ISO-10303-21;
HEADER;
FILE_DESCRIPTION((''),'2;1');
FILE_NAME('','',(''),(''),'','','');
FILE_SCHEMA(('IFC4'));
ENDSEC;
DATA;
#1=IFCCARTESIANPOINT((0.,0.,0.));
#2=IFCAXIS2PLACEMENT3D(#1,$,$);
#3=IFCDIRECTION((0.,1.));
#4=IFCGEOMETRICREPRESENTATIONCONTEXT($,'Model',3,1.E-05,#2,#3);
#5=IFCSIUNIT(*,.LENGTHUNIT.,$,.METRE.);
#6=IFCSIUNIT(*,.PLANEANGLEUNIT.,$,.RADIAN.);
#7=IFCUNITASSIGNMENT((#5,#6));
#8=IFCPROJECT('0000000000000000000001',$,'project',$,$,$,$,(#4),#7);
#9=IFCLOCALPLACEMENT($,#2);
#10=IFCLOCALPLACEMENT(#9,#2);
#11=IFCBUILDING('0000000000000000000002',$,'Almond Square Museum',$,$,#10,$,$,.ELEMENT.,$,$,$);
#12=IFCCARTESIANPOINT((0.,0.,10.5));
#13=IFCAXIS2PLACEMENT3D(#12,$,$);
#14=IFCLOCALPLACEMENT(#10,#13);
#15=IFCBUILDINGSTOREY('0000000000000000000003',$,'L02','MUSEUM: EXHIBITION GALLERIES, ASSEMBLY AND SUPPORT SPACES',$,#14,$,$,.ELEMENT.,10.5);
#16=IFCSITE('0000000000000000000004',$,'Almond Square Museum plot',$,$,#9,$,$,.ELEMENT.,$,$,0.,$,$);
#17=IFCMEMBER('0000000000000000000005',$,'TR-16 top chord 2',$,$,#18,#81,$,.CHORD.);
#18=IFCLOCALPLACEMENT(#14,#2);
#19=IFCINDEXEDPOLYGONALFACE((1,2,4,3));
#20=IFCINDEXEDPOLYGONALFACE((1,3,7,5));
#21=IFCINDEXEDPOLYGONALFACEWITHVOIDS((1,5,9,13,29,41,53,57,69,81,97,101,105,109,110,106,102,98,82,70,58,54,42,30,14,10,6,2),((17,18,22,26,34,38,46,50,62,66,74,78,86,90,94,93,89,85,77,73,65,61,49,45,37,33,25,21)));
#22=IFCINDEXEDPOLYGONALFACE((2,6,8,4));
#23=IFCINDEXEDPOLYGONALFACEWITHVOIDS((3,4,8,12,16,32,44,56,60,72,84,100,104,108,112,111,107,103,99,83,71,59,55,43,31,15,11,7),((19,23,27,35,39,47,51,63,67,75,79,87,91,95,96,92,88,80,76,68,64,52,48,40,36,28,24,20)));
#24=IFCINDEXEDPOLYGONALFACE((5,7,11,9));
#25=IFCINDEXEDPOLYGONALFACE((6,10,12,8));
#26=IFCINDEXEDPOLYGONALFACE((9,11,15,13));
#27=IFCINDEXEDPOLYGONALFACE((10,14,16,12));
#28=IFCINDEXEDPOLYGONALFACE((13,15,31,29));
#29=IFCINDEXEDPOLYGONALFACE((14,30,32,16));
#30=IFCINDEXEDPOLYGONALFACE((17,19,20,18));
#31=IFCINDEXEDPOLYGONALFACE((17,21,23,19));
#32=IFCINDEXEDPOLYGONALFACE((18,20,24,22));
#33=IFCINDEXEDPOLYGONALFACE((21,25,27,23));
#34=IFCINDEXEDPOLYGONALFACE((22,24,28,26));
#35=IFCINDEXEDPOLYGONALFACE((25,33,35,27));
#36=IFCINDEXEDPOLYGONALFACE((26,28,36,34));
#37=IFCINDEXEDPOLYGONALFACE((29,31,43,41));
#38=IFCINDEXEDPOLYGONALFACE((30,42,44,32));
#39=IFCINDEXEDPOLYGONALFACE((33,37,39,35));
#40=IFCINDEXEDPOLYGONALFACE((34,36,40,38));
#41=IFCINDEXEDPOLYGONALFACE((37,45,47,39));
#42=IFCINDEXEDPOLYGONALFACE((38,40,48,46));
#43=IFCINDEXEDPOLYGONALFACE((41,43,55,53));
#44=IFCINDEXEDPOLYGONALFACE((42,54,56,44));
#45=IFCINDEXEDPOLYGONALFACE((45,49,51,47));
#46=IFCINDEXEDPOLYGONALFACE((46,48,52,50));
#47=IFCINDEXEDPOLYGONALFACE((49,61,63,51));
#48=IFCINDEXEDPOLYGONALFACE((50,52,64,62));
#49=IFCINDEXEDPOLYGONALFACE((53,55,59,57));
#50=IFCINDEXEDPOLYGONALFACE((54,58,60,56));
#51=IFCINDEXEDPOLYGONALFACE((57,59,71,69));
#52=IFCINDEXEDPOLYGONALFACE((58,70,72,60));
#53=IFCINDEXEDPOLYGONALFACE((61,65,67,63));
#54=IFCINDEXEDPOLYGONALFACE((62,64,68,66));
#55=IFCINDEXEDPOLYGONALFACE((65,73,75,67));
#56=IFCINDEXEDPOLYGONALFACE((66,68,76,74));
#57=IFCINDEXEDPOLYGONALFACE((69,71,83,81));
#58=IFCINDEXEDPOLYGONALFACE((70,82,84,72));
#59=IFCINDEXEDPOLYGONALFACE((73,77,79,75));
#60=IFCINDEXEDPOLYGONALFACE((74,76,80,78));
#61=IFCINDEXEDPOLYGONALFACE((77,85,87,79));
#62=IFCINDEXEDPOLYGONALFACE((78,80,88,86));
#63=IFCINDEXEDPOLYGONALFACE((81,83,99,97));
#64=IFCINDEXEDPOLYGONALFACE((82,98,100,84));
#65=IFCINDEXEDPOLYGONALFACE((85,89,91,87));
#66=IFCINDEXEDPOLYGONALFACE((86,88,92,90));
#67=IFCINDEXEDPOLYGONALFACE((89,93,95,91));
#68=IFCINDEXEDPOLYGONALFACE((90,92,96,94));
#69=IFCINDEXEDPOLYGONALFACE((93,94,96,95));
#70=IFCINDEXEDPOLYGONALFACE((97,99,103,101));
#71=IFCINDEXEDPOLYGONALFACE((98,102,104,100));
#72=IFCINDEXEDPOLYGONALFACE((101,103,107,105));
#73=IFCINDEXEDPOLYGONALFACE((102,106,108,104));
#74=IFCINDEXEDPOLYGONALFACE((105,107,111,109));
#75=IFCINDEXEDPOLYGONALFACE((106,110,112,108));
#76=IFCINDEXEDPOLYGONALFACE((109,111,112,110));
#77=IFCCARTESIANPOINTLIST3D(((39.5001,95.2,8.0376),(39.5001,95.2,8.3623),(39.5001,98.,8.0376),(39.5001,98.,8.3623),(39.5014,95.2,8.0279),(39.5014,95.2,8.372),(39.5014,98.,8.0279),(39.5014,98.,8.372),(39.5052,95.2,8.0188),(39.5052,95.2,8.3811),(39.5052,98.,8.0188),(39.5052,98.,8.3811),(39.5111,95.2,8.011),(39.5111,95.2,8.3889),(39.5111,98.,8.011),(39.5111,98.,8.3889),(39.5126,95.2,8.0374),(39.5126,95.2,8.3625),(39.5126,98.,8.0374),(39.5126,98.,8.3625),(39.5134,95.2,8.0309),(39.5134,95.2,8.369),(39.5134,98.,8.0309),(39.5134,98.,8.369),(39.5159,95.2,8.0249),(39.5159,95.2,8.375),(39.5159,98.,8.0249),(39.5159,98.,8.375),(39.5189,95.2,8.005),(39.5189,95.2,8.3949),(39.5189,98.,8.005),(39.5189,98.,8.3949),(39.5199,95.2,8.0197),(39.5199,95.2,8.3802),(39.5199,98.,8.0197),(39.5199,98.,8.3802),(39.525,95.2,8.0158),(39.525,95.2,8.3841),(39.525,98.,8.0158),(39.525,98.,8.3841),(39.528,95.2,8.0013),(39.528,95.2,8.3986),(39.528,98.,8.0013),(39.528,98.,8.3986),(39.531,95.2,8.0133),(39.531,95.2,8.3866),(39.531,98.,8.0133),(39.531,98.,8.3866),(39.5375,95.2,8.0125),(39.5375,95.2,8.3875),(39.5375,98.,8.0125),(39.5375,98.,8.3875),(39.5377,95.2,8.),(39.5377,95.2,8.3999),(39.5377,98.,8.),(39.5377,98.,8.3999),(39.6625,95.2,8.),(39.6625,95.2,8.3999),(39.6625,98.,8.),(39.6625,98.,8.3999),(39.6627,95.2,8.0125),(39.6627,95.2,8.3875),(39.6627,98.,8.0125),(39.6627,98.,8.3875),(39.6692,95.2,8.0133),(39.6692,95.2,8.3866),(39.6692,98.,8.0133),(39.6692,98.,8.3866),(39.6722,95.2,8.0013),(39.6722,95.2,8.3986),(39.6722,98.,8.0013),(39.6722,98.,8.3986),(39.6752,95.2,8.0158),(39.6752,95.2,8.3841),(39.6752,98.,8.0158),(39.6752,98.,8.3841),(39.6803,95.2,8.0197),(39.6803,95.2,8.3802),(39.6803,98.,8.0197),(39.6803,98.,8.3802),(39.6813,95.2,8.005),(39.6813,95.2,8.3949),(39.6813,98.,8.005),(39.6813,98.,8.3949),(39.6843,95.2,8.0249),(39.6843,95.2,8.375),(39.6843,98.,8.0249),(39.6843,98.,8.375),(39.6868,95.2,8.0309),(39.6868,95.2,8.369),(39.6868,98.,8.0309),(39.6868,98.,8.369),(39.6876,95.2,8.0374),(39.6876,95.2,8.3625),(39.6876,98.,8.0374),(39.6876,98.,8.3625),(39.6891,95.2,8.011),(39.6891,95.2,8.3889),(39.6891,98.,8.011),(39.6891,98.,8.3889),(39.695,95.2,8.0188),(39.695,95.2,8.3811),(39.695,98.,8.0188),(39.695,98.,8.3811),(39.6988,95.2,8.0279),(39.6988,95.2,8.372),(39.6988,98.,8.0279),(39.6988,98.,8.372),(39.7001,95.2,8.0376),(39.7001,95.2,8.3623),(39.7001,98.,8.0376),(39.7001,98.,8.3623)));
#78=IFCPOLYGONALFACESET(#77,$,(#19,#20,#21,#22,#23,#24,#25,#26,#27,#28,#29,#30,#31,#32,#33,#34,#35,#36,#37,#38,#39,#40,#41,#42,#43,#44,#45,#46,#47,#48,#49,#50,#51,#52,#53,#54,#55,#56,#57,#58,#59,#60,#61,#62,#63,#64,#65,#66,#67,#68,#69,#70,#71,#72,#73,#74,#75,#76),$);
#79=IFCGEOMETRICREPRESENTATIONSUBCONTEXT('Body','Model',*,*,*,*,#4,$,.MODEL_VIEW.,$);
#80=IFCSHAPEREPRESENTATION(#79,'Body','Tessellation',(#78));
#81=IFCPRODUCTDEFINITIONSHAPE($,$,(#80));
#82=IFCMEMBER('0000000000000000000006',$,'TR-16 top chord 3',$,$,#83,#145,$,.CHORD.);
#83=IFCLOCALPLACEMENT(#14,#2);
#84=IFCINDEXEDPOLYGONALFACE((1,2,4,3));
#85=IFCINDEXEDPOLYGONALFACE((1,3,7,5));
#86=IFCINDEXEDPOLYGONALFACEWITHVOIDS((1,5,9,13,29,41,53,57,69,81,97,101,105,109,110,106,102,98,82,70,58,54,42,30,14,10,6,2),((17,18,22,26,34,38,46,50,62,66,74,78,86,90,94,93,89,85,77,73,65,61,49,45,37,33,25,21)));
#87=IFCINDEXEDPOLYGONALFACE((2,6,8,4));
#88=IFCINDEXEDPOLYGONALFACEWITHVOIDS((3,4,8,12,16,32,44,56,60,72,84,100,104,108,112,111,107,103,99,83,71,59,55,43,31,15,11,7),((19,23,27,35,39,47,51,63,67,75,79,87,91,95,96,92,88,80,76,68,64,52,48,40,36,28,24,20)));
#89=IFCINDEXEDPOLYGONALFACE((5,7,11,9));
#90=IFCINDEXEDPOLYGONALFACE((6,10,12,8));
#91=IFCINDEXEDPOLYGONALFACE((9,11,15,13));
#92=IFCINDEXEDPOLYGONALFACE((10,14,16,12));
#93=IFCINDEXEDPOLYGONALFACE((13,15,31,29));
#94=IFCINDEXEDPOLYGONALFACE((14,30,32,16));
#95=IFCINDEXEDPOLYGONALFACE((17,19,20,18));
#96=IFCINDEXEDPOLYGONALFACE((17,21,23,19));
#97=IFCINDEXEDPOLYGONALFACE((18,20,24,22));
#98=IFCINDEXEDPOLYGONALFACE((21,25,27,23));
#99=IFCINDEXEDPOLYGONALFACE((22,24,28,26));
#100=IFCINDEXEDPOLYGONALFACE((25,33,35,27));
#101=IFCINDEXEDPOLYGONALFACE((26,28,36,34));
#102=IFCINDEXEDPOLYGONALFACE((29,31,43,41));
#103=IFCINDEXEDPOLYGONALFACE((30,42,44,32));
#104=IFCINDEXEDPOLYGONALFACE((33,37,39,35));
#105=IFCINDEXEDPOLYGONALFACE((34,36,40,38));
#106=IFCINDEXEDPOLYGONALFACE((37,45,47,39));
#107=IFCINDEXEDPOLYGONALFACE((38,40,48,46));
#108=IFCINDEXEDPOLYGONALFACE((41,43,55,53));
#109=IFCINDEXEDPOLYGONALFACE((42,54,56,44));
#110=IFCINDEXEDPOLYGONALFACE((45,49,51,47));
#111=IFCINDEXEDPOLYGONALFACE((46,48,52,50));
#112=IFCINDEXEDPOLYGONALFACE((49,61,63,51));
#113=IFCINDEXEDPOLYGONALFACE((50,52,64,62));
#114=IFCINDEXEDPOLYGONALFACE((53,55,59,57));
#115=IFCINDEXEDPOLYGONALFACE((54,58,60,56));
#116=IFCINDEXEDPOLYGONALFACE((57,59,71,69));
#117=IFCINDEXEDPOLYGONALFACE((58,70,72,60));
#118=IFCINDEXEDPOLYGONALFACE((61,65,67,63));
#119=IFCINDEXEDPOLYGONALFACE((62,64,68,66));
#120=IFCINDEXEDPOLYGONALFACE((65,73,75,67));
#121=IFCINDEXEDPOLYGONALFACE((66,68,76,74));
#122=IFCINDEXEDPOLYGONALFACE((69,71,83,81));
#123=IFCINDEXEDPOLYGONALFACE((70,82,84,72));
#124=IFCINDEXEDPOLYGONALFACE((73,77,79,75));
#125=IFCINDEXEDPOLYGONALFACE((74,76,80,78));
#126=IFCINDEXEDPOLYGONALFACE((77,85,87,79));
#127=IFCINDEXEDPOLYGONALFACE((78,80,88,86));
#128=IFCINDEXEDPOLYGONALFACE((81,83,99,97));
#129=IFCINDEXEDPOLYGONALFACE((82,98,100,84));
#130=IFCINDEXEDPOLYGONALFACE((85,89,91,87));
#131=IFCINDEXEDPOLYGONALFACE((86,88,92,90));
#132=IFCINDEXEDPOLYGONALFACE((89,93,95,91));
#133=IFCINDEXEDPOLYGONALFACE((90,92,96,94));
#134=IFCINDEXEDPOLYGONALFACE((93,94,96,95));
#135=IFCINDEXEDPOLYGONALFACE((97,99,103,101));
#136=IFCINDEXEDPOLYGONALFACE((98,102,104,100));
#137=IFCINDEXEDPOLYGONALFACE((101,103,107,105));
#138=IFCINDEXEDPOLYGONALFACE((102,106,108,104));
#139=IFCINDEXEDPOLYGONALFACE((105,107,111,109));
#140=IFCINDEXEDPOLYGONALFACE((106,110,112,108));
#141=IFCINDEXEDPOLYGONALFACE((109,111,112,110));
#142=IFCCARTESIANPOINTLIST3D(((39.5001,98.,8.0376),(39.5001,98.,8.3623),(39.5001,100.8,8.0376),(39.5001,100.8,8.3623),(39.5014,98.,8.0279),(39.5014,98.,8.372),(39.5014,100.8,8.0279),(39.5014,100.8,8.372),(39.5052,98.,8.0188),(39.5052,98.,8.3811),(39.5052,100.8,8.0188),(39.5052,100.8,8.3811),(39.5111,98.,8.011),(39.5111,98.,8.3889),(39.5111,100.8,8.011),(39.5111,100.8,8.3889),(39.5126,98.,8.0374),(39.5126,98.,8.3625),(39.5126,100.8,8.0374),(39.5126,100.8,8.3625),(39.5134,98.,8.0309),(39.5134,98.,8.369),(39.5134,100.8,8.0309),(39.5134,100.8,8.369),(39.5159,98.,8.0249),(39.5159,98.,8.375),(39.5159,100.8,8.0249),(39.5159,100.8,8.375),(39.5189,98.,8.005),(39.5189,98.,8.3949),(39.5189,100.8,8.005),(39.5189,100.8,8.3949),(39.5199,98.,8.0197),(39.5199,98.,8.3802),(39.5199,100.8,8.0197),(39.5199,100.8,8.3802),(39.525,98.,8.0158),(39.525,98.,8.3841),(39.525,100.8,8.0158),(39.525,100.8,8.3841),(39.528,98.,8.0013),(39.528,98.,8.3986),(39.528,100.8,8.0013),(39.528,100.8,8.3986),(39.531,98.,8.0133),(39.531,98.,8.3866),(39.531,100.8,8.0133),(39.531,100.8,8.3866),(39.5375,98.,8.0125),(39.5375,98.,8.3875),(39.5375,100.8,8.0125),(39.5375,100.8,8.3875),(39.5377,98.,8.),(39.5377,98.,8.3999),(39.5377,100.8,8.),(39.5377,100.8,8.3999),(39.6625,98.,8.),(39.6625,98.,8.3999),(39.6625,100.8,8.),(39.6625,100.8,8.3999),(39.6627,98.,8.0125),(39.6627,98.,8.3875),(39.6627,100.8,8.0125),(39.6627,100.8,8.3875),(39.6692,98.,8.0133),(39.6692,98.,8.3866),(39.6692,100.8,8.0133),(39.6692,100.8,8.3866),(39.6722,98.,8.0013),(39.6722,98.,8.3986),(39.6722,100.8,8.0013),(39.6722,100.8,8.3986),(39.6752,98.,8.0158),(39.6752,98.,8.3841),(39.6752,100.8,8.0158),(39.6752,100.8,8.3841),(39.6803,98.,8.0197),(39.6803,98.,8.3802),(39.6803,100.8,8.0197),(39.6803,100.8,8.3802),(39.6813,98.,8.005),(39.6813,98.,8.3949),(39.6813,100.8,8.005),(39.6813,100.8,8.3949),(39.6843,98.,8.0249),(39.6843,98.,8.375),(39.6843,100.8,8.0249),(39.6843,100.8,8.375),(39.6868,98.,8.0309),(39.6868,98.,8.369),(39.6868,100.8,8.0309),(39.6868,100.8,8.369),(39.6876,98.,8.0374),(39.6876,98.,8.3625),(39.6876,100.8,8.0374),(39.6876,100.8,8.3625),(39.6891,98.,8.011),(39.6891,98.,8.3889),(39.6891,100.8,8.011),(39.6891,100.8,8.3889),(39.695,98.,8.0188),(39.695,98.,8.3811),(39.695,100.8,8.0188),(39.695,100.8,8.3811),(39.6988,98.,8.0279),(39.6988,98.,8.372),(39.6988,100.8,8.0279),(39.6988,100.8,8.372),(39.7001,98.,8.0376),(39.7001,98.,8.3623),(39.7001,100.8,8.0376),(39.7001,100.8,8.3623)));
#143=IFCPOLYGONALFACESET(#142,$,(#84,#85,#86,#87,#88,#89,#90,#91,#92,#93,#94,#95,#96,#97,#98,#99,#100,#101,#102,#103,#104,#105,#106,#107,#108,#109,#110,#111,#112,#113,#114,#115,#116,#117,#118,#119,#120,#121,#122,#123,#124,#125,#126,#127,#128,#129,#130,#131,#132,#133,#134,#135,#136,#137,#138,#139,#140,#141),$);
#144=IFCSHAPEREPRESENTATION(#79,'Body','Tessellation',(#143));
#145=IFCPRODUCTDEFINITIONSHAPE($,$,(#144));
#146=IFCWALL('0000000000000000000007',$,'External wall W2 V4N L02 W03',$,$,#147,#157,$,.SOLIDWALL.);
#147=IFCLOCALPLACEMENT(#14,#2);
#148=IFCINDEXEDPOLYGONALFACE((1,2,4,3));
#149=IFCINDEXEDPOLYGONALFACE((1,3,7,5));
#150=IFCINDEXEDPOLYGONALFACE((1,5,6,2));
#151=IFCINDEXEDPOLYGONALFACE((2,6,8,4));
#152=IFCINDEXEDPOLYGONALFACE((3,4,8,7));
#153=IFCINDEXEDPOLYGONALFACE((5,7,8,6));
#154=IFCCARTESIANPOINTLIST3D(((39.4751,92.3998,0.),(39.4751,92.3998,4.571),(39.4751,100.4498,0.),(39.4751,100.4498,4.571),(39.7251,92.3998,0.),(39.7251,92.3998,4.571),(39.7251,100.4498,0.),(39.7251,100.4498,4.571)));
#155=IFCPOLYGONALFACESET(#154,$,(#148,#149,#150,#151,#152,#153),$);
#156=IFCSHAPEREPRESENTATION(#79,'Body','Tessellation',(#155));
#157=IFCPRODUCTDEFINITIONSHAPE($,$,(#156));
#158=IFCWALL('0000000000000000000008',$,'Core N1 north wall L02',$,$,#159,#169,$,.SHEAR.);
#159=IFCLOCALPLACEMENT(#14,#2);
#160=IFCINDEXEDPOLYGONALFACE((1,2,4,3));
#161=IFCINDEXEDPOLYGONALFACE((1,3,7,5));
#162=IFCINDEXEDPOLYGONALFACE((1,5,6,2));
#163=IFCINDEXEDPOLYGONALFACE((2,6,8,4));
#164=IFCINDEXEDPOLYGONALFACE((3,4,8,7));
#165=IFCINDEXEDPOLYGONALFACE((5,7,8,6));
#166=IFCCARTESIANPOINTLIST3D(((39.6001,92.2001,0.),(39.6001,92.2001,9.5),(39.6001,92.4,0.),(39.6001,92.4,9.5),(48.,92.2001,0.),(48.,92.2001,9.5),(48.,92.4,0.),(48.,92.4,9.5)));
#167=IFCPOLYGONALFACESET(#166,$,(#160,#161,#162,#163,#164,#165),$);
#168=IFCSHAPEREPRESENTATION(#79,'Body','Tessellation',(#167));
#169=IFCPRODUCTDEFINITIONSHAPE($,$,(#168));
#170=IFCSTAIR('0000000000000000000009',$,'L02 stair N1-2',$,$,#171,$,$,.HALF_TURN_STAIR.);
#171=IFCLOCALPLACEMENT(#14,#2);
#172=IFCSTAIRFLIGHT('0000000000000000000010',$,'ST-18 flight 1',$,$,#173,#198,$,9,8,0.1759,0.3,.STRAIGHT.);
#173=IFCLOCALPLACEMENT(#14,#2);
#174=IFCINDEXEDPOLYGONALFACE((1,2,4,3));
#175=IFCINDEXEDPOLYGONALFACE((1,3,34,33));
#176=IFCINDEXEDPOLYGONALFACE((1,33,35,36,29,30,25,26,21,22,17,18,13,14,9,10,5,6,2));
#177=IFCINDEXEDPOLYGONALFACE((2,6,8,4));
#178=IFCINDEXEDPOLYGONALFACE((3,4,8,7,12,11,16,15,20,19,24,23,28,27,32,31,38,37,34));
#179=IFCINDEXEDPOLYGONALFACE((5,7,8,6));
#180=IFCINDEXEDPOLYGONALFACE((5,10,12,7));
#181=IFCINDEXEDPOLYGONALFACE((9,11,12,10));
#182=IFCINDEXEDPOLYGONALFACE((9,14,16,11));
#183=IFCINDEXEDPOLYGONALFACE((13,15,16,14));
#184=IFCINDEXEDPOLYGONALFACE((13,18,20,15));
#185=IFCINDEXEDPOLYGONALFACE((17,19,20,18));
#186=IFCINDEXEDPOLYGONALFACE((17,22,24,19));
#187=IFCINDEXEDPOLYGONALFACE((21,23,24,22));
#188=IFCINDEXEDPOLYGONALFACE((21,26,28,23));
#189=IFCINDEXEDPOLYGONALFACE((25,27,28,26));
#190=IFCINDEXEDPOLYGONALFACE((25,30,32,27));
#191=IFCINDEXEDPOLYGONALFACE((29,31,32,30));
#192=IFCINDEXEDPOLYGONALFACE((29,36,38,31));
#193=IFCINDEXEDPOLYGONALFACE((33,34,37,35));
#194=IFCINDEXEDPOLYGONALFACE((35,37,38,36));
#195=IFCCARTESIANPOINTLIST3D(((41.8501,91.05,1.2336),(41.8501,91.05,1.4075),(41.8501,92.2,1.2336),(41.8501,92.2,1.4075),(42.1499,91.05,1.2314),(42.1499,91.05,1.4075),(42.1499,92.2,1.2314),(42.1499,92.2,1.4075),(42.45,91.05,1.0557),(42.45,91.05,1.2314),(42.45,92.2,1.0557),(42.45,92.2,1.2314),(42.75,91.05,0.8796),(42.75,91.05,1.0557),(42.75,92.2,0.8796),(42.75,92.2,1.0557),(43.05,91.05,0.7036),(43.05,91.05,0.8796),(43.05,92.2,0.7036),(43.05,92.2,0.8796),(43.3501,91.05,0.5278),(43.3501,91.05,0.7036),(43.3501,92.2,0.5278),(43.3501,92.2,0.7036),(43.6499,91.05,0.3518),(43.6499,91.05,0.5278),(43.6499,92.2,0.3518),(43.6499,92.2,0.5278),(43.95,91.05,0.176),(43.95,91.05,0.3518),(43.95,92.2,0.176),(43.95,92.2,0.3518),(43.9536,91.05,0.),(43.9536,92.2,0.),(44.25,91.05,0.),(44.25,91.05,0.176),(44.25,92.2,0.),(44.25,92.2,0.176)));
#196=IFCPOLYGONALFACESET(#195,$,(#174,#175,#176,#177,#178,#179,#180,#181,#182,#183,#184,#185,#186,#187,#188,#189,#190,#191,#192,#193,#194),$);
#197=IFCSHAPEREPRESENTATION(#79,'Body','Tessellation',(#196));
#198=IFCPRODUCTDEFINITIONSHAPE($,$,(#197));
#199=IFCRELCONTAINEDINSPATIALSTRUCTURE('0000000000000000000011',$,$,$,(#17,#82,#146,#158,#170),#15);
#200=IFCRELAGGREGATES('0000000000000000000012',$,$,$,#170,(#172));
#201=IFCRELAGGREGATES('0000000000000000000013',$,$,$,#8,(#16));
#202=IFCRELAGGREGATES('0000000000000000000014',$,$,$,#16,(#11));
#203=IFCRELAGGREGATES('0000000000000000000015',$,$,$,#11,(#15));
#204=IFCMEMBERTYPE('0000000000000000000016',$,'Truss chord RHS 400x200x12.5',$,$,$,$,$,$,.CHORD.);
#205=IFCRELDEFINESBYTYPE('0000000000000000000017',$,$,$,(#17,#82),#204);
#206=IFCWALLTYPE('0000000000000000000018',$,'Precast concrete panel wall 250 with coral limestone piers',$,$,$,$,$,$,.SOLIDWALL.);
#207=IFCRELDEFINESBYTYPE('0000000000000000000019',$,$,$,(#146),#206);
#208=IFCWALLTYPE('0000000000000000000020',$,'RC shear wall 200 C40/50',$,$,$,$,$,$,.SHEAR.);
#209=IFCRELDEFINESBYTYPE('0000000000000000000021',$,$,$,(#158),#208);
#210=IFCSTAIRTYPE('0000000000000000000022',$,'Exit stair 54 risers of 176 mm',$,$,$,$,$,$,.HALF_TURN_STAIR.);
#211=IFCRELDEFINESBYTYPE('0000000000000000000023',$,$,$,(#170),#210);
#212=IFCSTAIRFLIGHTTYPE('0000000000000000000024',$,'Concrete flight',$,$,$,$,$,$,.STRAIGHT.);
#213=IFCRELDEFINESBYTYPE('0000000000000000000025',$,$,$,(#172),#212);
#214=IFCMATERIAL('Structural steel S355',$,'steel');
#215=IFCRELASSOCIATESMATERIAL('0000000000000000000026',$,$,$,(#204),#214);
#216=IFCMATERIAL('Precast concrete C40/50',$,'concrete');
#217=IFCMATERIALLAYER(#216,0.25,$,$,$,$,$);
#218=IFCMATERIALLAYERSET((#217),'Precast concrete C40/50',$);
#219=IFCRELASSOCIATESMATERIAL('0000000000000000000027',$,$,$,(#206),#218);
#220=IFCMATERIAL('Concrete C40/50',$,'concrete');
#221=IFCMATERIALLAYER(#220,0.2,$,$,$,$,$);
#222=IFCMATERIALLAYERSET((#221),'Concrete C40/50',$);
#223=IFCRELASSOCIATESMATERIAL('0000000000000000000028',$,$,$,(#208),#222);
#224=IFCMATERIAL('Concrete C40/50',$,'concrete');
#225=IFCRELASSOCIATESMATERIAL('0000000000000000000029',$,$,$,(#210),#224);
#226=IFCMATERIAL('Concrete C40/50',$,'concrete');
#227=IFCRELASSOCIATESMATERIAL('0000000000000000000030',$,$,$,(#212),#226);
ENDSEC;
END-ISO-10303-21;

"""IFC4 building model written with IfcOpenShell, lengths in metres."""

from ifc_helpers import new_model, si_unit, direction, frame, frame_2d, origin, origin_2d, place, context, subcontext, project, spatial, polyline, rectangle, hollow_rectangle, outline, extrude, material, layer, layer_set, material_profile, profile_set, type_object, element, aggregate, save


model = new_model("IFC4")

# Units and contexts
model_context = context("Model", 3, precision=1e-05, world=origin(), true_north=direction((0.0, 1.0)))
body_context = subcontext(model_context, "Body", "Model", "MODEL_VIEW")
ifc_project = project(units=[si_unit("LENGTHUNIT", "METRE"), si_unit("PLANEANGLEUNIT", "RADIAN")], contexts=[model_context])

# Site, building, storey
site_placement = place(None, origin())
site = spatial("IfcSite", under=ifc_project, at=site_placement, Name="Almond Square Museum plot", CompositionType="ELEMENT", RefElevation=0.0)
building_placement = place(site_placement, origin())
building = spatial("IfcBuilding", under=site, at=building_placement, Name="Almond Square Museum", CompositionType="ELEMENT")
storey_placement = place(building_placement, frame((0.0, 0.0, 10.5)))
storey = spatial("IfcBuildingStorey", under=building, at=storey_placement, Name="L02", Description="MUSEUM: EXHIBITION GALLERIES, ASSEMBLY AND SUPPORT SPACES", CompositionType="ELEMENT", Elevation=10.5)

# Members
ifc_material_1 = material(Name="Structural steel S355", Category="steel")
ifc_material_profile_1 = material_profile(ifc_material_1, hollow_rectangle(XDim=0.2, YDim=0.3999, WallThickness=0.0125, InnerFilletRadius=0.0249, OuterFilletRadius=0.0376, at=origin_2d()))
ifc_profile_set_1 = profile_set([ifc_material_profile_1], Name="Structural steel S355")
member_type_1 = type_object("IfcMemberType", Name="Truss chord RHS 400x200x12.5", PredefinedType="CHORD", material=ifc_profile_set_1)
for number, where, z_axis, x_axis, name in (
    (1, (39.6001, 95.2, 8.2), (0.0, 1.0, 0.0), (-1.0, 0.0, 0.0), "TR-16 top chord 2"),
    (2, (39.6001, 98.0, 8.2), (0.0, 1.0, 0.0), (-1.0, 0.0, 0.0), "TR-16 top chord 3"),
):
    element("IfcMember", number, at=place(storey_placement, frame(where, z_axis=z_axis, x_axis=x_axis)), inside=storey, type_object=member_type_1, Name=name, PredefinedType="CHORD", context=body_context, shape_type="SweptSolid", body=[
        extrude(hollow_rectangle(XDim=0.2, YDim=0.3999, WallThickness=0.0125, InnerFilletRadius=0.0249, OuterFilletRadius=0.0376, at=origin_2d()), origin(), (0.0, 0.0, 1.0), 2.8),
    ])

# Walls
ifc_material_2 = material(Name="Precast concrete C40/50", Category="concrete")
ifc_layer_1 = layer(ifc_material_2, 0.25)
ifc_layer_set_1 = layer_set([ifc_layer_1], Name="Precast concrete C40/50")
wall_type_1 = type_object("IfcWallType", Name="Precast concrete panel wall 250 with coral limestone piers", PredefinedType="SOLIDWALL", material=ifc_layer_set_1)
wall_1_placement = place(storey_placement, frame((39.6001, 92.3999, 0.0), z_axis=(0.0, 0.0, 1.0), x_axis=(0.0, 1.0, 0.0)))
element("IfcWall", 3, at=wall_1_placement, inside=storey, type_object=wall_type_1, Name="External wall W2 V4N L02 W03", PredefinedType="SOLIDWALL", context=body_context, shape_type="SweptSolid", body=[
    extrude(rectangle(XDim=8.05, YDim=0.25, at=frame_2d((4.0249, 0.0))), origin(), (0.0, 0.0, 1.0), 4.571),
])
ifc_material_3 = material(Name="Concrete C40/50", Category="concrete")
ifc_layer_2 = layer(ifc_material_3, 0.2)
ifc_layer_set_2 = layer_set([ifc_layer_2], Name="Concrete C40/50")
wall_type_2 = type_object("IfcWallType", Name="RC shear wall 200 C40/50", PredefinedType="SHEAR", material=ifc_layer_set_2)
wall_2_placement = place(storey_placement, frame((39.6001, 92.3, 0.0), z_axis=(0.0, 0.0, 1.0), x_axis=(1.0, 0.0, 0.0)))
element("IfcWall", 4, at=wall_2_placement, inside=storey, type_object=wall_type_2, Name="Core N1 north wall L02", PredefinedType="SHEAR", context=body_context, shape_type="SweptSolid", body=[
    extrude(rectangle(XDim=8.3999, YDim=0.2, at=frame_2d((4.2, 0.0))), origin(), (0.0, 0.0, 1.0), 9.5),
])

# Stair, stair flight
ifc_material_4 = material(Name="Concrete C40/50", Category="concrete")
stair_type = type_object("IfcStairType", Name="Exit stair 54 risers of 176 mm", PredefinedType="HALF_TURN_STAIR", material=ifc_material_4)
stair_placement = place(storey_placement, origin())
stair = element("IfcStair", 5, at=stair_placement, inside=storey, type_object=stair_type, Name="L02 stair N1-2", PredefinedType="HALF_TURN_STAIR")
ifc_material_5 = material(Name="Concrete C40/50", Category="concrete")
stair_flight_type = type_object("IfcStairFlightType", Name="Concrete flight", PredefinedType="STRAIGHT", material=ifc_material_5)
stair_flight_1_placement = place(storey_placement, frame((44.25, 91.625, 0.0), z_axis=(0.0, 0.0, 1.0), x_axis=(-1.0, 0.0, 0.0)))
stair_flight_1 = element("IfcStairFlight", 6, at=stair_flight_1_placement, type_object=stair_flight_type, Name="ST-18 flight 1", NumberOfRisers=9, NumberOfTreads=8, PredefinedType="STRAIGHT", RiserHeight=0.1759, TreadLength=0.3, context=body_context, shape_type="SweptSolid", body=[
    extrude(outline(polyline([(0.0, 0.0), (0.0, 0.176), (0.3, 0.176), (0.3, 0.3518), (0.6001, 0.3518), (0.6001, 0.5278), (0.8999, 0.5278), (0.8999, 0.7036), (1.2, 0.7036), (1.2, 0.8796), (1.5, 0.8796), (1.5, 1.0557), (1.8, 1.0557), (1.8, 1.2314), (2.1001, 1.2314), (2.1001, 1.4075), (2.3999, 1.4075), (2.3999, 1.5833), (2.3999, 1.2336), (0.2964, 0.0), (0.0, 0.0)])), frame((0.0, 0.575, 0.0), z_axis=(0.0, -1.0, 0.0), x_axis=(1.0, 0.0, 0.0)), (0.0, 0.0, 1.0), 1.1499),
])
aggregate(stair, [stair_flight_1])

save(model, "model.ifc")
